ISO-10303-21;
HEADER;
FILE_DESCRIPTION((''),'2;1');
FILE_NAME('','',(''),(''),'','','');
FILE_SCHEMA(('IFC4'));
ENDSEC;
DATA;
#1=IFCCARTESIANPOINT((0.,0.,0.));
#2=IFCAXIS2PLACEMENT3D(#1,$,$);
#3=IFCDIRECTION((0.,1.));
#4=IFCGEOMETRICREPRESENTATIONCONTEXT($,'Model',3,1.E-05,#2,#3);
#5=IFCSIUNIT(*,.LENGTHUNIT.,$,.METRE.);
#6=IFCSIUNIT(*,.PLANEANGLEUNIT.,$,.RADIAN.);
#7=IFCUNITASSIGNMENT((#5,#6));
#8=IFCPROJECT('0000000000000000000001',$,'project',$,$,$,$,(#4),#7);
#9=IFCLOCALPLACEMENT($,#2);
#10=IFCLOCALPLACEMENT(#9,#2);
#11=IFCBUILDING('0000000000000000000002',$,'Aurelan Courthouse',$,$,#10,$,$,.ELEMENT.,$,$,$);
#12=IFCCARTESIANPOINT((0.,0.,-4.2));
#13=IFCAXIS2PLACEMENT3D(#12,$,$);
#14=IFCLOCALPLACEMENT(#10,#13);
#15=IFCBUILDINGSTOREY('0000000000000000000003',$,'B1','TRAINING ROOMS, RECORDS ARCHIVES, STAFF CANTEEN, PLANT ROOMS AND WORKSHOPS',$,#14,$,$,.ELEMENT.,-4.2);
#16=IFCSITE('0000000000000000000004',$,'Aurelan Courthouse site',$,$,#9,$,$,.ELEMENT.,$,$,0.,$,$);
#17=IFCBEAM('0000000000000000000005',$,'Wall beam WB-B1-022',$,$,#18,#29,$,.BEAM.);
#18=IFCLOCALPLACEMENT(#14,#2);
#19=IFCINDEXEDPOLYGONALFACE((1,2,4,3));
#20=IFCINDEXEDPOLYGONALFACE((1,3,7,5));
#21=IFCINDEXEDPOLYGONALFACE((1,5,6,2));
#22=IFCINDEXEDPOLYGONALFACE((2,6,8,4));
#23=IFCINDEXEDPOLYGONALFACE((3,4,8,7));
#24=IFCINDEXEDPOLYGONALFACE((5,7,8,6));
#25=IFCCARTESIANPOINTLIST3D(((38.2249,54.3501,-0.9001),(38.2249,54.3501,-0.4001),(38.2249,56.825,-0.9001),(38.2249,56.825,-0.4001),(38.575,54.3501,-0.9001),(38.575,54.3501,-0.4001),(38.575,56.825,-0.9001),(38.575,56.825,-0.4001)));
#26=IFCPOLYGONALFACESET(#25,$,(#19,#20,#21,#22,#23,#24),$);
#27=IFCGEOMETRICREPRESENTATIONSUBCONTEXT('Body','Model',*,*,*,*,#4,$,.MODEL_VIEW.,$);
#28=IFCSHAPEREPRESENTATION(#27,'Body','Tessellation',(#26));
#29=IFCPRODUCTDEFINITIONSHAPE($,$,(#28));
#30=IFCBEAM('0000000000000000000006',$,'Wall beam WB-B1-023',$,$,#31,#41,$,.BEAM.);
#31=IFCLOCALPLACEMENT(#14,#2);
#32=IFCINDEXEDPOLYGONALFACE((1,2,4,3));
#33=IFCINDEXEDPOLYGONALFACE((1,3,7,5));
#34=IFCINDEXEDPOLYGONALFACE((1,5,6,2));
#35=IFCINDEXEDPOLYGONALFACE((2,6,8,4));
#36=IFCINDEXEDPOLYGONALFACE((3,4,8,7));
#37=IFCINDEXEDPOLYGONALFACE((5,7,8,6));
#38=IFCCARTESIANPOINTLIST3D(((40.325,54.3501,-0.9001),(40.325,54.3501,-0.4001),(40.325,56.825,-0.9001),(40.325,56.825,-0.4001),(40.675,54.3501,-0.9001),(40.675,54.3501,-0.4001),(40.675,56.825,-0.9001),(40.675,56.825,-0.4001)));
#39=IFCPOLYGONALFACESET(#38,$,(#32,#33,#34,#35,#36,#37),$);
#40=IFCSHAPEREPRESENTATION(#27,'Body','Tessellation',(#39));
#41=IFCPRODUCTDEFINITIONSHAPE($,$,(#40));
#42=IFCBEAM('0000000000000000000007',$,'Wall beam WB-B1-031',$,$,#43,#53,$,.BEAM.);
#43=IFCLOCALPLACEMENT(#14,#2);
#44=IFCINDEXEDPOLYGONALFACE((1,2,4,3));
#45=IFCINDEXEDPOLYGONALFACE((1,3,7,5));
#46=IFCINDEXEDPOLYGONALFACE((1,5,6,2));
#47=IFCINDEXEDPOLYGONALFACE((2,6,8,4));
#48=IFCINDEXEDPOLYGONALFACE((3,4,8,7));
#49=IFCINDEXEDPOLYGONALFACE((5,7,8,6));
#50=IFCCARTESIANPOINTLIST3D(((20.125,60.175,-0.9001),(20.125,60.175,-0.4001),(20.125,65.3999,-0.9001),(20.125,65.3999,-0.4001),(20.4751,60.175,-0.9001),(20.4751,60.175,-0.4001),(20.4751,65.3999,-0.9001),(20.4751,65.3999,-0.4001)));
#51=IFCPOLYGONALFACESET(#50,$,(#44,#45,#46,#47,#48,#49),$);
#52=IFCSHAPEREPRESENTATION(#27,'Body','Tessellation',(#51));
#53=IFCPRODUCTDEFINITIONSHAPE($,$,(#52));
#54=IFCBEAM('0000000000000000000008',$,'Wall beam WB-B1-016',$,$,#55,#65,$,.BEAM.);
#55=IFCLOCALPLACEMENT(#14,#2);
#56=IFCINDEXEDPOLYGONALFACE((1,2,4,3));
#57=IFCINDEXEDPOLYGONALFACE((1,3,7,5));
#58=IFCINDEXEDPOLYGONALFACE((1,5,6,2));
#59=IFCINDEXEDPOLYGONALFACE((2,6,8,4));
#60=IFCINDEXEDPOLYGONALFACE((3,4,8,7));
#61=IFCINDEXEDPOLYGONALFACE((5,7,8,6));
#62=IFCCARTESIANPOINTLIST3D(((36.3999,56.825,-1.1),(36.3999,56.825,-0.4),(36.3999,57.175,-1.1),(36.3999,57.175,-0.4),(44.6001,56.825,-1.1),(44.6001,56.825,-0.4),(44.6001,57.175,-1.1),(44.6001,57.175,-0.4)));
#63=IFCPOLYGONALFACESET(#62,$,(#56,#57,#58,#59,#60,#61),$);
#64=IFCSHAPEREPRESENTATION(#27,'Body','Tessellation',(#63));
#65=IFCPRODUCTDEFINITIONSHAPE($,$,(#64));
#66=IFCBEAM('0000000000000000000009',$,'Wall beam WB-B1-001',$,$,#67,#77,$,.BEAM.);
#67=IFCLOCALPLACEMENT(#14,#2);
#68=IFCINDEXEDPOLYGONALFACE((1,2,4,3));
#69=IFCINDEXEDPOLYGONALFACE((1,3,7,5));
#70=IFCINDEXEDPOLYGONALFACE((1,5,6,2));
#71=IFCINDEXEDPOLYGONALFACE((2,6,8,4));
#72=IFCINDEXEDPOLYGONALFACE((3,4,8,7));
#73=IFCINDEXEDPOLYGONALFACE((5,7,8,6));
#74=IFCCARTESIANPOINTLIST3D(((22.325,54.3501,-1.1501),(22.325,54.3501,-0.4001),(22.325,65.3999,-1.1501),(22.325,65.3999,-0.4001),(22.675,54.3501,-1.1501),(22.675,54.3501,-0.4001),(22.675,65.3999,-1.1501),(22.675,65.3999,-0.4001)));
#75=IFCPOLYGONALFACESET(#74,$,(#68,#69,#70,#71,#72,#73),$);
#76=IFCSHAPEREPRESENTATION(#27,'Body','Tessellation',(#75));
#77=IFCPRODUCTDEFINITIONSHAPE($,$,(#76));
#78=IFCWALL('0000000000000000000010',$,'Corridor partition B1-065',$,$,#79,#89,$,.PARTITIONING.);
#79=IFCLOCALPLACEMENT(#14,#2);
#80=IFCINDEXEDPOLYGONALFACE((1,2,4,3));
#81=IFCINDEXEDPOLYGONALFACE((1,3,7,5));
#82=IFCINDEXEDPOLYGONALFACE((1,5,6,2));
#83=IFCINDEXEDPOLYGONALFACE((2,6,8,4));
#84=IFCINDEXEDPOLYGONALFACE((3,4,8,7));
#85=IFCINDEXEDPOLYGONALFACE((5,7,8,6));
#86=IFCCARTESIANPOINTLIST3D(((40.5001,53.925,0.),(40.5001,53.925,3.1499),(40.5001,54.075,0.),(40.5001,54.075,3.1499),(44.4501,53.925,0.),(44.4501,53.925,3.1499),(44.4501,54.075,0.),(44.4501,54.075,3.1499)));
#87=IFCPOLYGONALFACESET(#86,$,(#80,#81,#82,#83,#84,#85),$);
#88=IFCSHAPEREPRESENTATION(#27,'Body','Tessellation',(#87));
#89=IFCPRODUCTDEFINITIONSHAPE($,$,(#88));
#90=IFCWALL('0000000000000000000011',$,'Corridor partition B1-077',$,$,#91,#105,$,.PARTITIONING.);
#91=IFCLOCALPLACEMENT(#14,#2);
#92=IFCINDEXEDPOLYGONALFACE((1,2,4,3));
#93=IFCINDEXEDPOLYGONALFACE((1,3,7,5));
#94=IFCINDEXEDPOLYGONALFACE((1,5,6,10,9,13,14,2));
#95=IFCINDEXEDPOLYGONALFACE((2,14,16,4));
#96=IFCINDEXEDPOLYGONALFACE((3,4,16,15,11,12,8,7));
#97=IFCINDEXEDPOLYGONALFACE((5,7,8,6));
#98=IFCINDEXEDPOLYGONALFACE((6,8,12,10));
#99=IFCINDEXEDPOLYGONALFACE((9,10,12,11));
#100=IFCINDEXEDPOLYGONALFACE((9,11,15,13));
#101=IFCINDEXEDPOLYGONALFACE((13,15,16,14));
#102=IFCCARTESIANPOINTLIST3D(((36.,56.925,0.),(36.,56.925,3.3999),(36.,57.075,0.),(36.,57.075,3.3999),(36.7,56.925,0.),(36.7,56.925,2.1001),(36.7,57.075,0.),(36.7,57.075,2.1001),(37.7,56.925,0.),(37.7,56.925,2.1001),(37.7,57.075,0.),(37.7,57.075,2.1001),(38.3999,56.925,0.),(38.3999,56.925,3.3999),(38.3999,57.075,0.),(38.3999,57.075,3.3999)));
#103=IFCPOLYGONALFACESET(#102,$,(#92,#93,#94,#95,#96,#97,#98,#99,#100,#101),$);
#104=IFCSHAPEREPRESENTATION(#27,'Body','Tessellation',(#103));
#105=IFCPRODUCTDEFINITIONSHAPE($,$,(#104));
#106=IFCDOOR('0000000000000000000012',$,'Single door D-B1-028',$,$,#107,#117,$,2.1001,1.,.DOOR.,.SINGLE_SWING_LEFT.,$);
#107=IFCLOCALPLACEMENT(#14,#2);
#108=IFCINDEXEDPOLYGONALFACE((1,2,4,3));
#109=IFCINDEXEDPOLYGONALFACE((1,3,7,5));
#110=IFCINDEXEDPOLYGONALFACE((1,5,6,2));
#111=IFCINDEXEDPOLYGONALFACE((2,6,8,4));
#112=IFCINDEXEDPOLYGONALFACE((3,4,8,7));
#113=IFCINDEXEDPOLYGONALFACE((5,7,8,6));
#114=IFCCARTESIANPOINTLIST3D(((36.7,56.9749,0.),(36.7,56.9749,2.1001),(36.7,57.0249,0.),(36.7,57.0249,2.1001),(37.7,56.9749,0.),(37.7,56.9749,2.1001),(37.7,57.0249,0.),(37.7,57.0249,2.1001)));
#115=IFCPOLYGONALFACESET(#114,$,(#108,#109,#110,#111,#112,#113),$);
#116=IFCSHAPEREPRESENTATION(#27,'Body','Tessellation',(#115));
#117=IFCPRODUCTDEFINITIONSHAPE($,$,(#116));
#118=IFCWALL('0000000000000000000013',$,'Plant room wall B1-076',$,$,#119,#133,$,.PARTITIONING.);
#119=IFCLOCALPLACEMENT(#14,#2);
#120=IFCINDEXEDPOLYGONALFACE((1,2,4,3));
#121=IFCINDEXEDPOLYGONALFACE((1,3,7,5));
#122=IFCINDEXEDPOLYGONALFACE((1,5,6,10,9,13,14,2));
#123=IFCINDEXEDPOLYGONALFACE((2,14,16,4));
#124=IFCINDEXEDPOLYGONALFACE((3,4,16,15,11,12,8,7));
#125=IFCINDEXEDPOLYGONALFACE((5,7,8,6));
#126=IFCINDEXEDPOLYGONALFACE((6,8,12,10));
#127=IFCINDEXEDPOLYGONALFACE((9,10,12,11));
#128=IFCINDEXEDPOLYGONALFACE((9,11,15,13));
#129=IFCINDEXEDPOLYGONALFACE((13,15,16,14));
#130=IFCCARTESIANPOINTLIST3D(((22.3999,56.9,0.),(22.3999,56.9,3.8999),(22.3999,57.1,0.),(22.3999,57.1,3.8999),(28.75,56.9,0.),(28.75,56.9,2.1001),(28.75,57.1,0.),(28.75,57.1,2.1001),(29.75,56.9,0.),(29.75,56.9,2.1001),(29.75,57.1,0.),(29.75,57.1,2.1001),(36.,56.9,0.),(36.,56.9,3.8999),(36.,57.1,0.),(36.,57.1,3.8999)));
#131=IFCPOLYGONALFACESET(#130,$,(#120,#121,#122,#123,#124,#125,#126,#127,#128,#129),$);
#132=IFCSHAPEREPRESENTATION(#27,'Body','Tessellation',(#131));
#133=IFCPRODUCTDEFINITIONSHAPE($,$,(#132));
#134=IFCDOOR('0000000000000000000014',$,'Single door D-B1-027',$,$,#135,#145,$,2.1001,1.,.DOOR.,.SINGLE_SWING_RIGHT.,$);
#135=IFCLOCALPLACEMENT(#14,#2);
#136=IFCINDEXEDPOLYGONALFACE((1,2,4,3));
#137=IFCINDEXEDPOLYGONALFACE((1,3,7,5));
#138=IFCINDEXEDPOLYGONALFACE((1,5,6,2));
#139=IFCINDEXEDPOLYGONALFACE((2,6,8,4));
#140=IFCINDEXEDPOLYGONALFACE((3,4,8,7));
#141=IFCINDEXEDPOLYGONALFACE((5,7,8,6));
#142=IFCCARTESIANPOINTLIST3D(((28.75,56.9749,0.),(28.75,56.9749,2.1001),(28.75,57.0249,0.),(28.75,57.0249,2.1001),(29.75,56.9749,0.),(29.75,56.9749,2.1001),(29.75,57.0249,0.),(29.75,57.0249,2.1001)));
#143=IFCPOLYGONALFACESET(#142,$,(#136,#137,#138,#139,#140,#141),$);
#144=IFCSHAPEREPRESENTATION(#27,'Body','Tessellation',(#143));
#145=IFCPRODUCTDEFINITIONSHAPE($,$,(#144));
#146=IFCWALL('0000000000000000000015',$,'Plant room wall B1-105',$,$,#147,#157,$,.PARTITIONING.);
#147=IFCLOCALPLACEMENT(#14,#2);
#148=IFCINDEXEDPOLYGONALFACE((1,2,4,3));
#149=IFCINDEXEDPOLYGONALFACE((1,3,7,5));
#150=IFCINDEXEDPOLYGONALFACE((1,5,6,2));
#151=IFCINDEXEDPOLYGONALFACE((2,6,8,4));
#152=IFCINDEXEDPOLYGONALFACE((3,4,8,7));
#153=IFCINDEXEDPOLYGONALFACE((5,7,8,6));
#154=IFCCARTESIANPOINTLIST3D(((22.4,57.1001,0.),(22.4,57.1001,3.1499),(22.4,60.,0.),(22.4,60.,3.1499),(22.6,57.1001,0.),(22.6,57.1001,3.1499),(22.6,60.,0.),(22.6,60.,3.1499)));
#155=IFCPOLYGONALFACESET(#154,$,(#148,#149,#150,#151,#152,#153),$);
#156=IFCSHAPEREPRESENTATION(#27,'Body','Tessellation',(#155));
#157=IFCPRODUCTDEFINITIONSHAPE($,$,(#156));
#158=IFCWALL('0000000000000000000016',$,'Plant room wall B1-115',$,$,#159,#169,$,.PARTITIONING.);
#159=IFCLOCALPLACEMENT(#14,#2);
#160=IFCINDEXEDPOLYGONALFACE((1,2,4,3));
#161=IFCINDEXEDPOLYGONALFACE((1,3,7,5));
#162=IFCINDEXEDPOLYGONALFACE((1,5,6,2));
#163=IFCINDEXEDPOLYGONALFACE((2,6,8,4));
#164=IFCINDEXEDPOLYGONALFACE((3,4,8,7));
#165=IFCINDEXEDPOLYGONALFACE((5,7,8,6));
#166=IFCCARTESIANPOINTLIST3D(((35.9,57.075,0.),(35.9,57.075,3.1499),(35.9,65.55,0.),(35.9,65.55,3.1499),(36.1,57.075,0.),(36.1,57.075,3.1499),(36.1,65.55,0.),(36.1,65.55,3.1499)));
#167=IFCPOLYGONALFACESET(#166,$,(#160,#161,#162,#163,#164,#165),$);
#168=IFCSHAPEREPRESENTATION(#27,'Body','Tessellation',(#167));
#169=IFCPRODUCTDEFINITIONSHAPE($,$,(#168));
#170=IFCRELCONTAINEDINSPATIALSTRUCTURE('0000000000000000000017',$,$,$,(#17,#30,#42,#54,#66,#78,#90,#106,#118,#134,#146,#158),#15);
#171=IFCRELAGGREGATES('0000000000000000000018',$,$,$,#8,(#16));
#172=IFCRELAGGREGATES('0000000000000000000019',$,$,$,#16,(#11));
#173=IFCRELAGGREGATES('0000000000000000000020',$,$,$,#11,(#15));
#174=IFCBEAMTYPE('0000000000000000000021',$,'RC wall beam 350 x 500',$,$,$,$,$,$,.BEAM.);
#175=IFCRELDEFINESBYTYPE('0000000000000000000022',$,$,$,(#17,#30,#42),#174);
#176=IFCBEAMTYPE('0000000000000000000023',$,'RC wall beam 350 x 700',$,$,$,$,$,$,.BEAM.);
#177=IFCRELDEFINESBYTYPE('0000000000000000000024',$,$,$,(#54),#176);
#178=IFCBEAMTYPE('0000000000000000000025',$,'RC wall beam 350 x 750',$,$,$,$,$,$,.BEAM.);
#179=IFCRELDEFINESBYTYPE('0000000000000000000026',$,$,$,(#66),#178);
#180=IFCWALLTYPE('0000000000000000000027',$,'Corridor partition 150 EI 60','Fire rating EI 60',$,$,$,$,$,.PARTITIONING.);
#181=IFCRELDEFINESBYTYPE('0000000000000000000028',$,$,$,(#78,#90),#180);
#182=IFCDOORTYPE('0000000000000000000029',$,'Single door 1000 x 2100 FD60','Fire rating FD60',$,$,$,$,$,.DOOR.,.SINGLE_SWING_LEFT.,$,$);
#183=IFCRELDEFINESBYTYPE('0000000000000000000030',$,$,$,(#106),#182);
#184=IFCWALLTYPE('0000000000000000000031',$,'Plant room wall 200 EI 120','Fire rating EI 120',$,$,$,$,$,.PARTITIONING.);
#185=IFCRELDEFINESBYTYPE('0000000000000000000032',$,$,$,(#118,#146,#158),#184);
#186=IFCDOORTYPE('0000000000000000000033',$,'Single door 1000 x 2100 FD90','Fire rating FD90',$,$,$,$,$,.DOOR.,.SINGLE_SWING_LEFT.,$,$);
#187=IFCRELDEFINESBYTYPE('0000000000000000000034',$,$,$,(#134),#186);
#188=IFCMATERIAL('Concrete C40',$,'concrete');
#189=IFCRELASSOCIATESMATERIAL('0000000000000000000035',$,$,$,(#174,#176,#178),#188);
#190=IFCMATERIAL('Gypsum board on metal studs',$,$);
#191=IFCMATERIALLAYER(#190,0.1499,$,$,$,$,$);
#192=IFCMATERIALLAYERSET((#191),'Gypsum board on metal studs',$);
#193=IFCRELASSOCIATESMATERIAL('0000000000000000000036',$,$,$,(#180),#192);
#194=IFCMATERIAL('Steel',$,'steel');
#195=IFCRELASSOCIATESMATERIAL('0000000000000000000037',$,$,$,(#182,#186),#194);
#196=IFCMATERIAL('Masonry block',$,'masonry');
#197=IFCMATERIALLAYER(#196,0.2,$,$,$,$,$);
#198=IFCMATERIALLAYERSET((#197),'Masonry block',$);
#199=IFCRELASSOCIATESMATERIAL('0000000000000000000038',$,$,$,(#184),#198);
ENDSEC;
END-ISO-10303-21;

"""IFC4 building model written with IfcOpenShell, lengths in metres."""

from ifc_helpers import new_model, si_unit, direction, frame, frame_2d, origin, origin_2d, place, context, subcontext, project, spatial, rectangle, extrude, material, layer, layer_set, material_profile, profile_set, type_object, element, fill, save


model = new_model("IFC4")

# Units and contexts
model_context = context("Model", 3, precision=1e-05, world=origin(), true_north=direction((0.0, 1.0)))
body_context = subcontext(model_context, "Body", "Model", "MODEL_VIEW")
ifc_project = project(units=[si_unit("LENGTHUNIT", "METRE"), si_unit("PLANEANGLEUNIT", "RADIAN")], contexts=[model_context])

# Site, building, storey
site_placement = place(None, origin())
site = spatial("IfcSite", under=ifc_project, at=site_placement, Name="Aurelan Courthouse site", CompositionType="ELEMENT", RefElevation=0.0)
building_placement = place(site_placement, origin())
building = spatial("IfcBuilding", under=site, at=building_placement, Name="Aurelan Courthouse", CompositionType="ELEMENT")
storey_placement = place(building_placement, frame((0.0, 0.0, -4.2)))
storey = spatial("IfcBuildingStorey", under=building, at=storey_placement, Name="B1", Description="TRAINING ROOMS, RECORDS ARCHIVES, STAFF CANTEEN, PLANT ROOMS AND WORKSHOPS", CompositionType="ELEMENT", Elevation=-4.2)

# Beams
ifc_material_1 = material(Name="Concrete C40", Category="concrete")
ifc_material_profile_1 = material_profile(ifc_material_1, rectangle(XDim=0.3501, YDim=0.5, at=origin_2d()), Name="RC 350 x 500")
ifc_profile_set_1 = profile_set([ifc_material_profile_1], Name="Concrete C40")
beam_type_1 = type_object("IfcBeamType", Name="RC wall beam 350 x 500", PredefinedType="BEAM", material=ifc_profile_set_1)
for number, where, z_axis, x_axis, name in (
    (1, (38.3999, 54.3501, -0.6501), (0.0, 1.0, 0.0), (-1.0, 0.0, 0.0), "Wall beam WB-B1-022"),
    (2, (40.5, 54.3501, -0.6501), (0.0, 1.0, 0.0), (-1.0, 0.0, 0.0), "Wall beam WB-B1-023"),
):
    element("IfcBeam", number, at=place(storey_placement, frame(where, z_axis=z_axis, x_axis=x_axis)), inside=storey, type_object=beam_type_1, Name=name, PredefinedType="BEAM", context=body_context, shape_type="SweptSolid", body=[
        extrude(rectangle(XDim=0.3501, YDim=0.5, at=origin_2d()), origin(), (0.0, 0.0, 1.0), 2.4749),
    ])
beam_1_placement = place(storey_placement, frame((20.3, 60.175, -0.6501), z_axis=(0.0, 1.0, 0.0), x_axis=(-1.0, 0.0, 0.0)))
element("IfcBeam", 3, at=beam_1_placement, inside=storey, type_object=beam_type_1, Name="Wall beam WB-B1-031", PredefinedType="BEAM", context=body_context, shape_type="SweptSolid", body=[
    extrude(rectangle(XDim=0.3501, YDim=0.5, at=origin_2d()), origin(), (0.0, 0.0, 1.0), 5.2249),
])
ifc_material_profile_2 = material_profile(ifc_material_1, rectangle(XDim=0.3501, YDim=0.7, at=origin_2d()), Name="RC 350 x 700")
ifc_profile_set_2 = profile_set([ifc_material_profile_2], Name="Concrete C40")
beam_type_2 = type_object("IfcBeamType", Name="RC wall beam 350 x 700", PredefinedType="BEAM", material=ifc_profile_set_2)
beam_2_placement = place(storey_placement, frame((36.3999, 57.0, -0.75), z_axis=(1.0, 0.0, 0.0), x_axis=(0.0, 1.0, 0.0)))
element("IfcBeam", 4, at=beam_2_placement, inside=storey, type_object=beam_type_2, Name="Wall beam WB-B1-016", PredefinedType="BEAM", context=body_context, shape_type="SweptSolid", body=[
    extrude(rectangle(XDim=0.3501, YDim=0.7, at=origin_2d()), origin(), (0.0, 0.0, 1.0), 8.2002),
])
ifc_material_profile_3 = material_profile(ifc_material_1, rectangle(XDim=0.3501, YDim=0.75, at=origin_2d()), Name="RC 350 x 750")
ifc_profile_set_3 = profile_set([ifc_material_profile_3], Name="Concrete C40")
beam_type_3 = type_object("IfcBeamType", Name="RC wall beam 350 x 750", PredefinedType="BEAM", material=ifc_profile_set_3)
beam_3_placement = place(storey_placement, frame((22.5, 54.3501, -0.7751), z_axis=(0.0, 1.0, 0.0), x_axis=(-1.0, 0.0, 0.0)))
element("IfcBeam", 5, at=beam_3_placement, inside=storey, type_object=beam_type_3, Name="Wall beam WB-B1-001", PredefinedType="BEAM", context=body_context, shape_type="SweptSolid", body=[
    extrude(rectangle(XDim=0.3501, YDim=0.75, at=origin_2d()), origin(), (0.0, 0.0, 1.0), 11.0498),
])

# Wall
ifc_material_2 = material(Name="Gypsum board on metal studs")
ifc_layer_1 = layer(ifc_material_2, 0.1499)
ifc_layer_set_1 = layer_set([ifc_layer_1], Name="Gypsum board on metal studs")
wall_type_1 = type_object("IfcWallType", Name="Corridor partition 150 EI 60", Description="Fire rating EI 60", PredefinedType="PARTITIONING", material=ifc_layer_set_1)
wall_1_placement = place(storey_placement, frame((40.5, 54.0, 0.0), z_axis=(0.0, 0.0, 1.0), x_axis=(1.0, 0.0, 0.0)))
element("IfcWall", 6, at=wall_1_placement, inside=storey, type_object=wall_type_1, Name="Corridor partition B1-065", PredefinedType="PARTITIONING", context=body_context, shape_type="SweptSolid", body=[
    extrude(rectangle(XDim=3.95, YDim=0.1499, at=frame_2d((1.9751, 0.0))), origin(), (0.0, 0.0, 1.0), 3.1499),
])

# Walls, openings, doors
wall_2_placement = place(storey_placement, frame((36.0, 57.0, 0.0), z_axis=(0.0, 0.0, 1.0), x_axis=(1.0, 0.0, 0.0)))
wall_2 = element("IfcWall", 7, at=wall_2_placement, inside=storey, type_object=wall_type_1, Name="Corridor partition B1-077", PredefinedType="PARTITIONING", context=body_context, shape_type="SweptSolid", body=[
    extrude(rectangle(XDim=2.3999, YDim=0.1499, at=frame_2d((1.2, 0.0))), origin(), (0.0, 0.0, 1.0), 3.3999),
])
opening_1_placement = place(wall_2_placement, frame((0.7, 0.0, 0.0)))
opening_1 = element("IfcOpeningElement", 8, at=opening_1_placement, cuts=wall_2, PredefinedType="OPENING", context=body_context, shape_type="SweptSolid", body=[
    extrude(rectangle(XDim=1.0, YDim=2.1001, at=frame_2d((0.5, 1.05))), frame((0.0, 0.085, 0.0), z_axis=(0.0, -1.0, 0.0), x_axis=(1.0, 0.0, 0.0)), (0.0, 0.0, 1.0), 0.1699),
])
ifc_material_3 = material(Name="Steel", Category="steel")
door_type_1 = type_object("IfcDoorType", Name="Single door 1000 x 2100 FD60", Description="Fire rating FD60", OperationType="SINGLE_SWING_LEFT", PredefinedType="DOOR", material=ifc_material_3)
door_1_placement = place(opening_1_placement, origin())
door_1 = element("IfcDoor", 9, at=door_1_placement, inside=storey, type_object=door_type_1, Name="Single door D-B1-028", OperationType="SINGLE_SWING_LEFT", OverallHeight=2.1001, OverallWidth=1.0, PredefinedType="DOOR", context=body_context, shape_type="SweptSolid", body=[
    extrude(rectangle(XDim=1.0, YDim=2.1001, at=frame_2d((0.5, 1.05))), frame((0.0, 0.0249, 0.0), z_axis=(0.0, -1.0, 0.0), x_axis=(1.0, 0.0, 0.0)), (0.0, 0.0, 1.0), 0.05),
])
fill(opening_1, door_1)
ifc_material_4 = material(Name="Masonry block", Category="masonry")
ifc_layer_2 = layer(ifc_material_4, 0.2)
ifc_layer_set_2 = layer_set([ifc_layer_2], Name="Masonry block")
wall_type_2 = type_object("IfcWallType", Name="Plant room wall 200 EI 120", Description="Fire rating EI 120", PredefinedType="PARTITIONING", material=ifc_layer_set_2)
wall_3_placement = place(storey_placement, frame((22.3999, 57.0, 0.0), z_axis=(0.0, 0.0, 1.0), x_axis=(1.0, 0.0, 0.0)))
wall_3 = element("IfcWall", 10, at=wall_3_placement, inside=storey, type_object=wall_type_2, Name="Plant room wall B1-076", PredefinedType="PARTITIONING", context=body_context, shape_type="SweptSolid", body=[
    extrude(rectangle(XDim=13.6001, YDim=0.2, at=frame_2d((6.8, 0.0))), origin(), (0.0, 0.0, 1.0), 3.8999),
])
opening_2_placement = place(wall_3_placement, frame((6.3501, 0.0, 0.0)))
opening_2 = element("IfcOpeningElement", 11, at=opening_2_placement, cuts=wall_3, PredefinedType="OPENING", context=body_context, shape_type="SweptSolid", body=[
    extrude(rectangle(XDim=1.0, YDim=2.1001, at=frame_2d((0.5, 1.05))), frame((0.0, 0.1099, 0.0), z_axis=(0.0, -1.0, 0.0), x_axis=(1.0, 0.0, 0.0)), (0.0, 0.0, 1.0), 0.22),
])
door_type_2 = type_object("IfcDoorType", Name="Single door 1000 x 2100 FD90", Description="Fire rating FD90", OperationType="SINGLE_SWING_LEFT", PredefinedType="DOOR", material=ifc_material_3)
door_2_placement = place(opening_2_placement, origin())
door_2 = element("IfcDoor", 12, at=door_2_placement, inside=storey, type_object=door_type_2, Name="Single door D-B1-027", OperationType="SINGLE_SWING_RIGHT", OverallHeight=2.1001, OverallWidth=1.0, PredefinedType="DOOR", context=body_context, shape_type="SweptSolid", body=[
    extrude(rectangle(XDim=1.0, YDim=2.1001, at=frame_2d((0.5, 1.05))), frame((0.0, 0.0249, 0.0), z_axis=(0.0, -1.0, 0.0), x_axis=(1.0, 0.0, 0.0)), (0.0, 0.0, 1.0), 0.05),
])
fill(opening_2, door_2)

# Walls
wall_4_placement = place(storey_placement, frame((22.5, 57.1001, 0.0), z_axis=(0.0, 0.0, 1.0), x_axis=(0.0, 1.0, 0.0)))
element("IfcWall", 13, at=wall_4_placement, inside=storey, type_object=wall_type_2, Name="Plant room wall B1-105", PredefinedType="PARTITIONING", context=body_context, shape_type="SweptSolid", body=[
    extrude(rectangle(XDim=2.8999, YDim=0.2, at=frame_2d((1.45, 0.0))), origin(), (0.0, 0.0, 1.0), 3.1499),
])
wall_5_placement = place(storey_placement, frame((36.0, 57.075, 0.0), z_axis=(0.0, 0.0, 1.0), x_axis=(0.0, 1.0, 0.0)))
element("IfcWall", 14, at=wall_5_placement, inside=storey, type_object=wall_type_2, Name="Plant room wall B1-115", PredefinedType="PARTITIONING", context=body_context, shape_type="SweptSolid", body=[
    extrude(rectangle(XDim=8.4751, YDim=0.2, at=frame_2d((4.2375, 0.0))), origin(), (0.0, 0.0, 1.0), 3.1499),
])

save(model, "model.ifc")
